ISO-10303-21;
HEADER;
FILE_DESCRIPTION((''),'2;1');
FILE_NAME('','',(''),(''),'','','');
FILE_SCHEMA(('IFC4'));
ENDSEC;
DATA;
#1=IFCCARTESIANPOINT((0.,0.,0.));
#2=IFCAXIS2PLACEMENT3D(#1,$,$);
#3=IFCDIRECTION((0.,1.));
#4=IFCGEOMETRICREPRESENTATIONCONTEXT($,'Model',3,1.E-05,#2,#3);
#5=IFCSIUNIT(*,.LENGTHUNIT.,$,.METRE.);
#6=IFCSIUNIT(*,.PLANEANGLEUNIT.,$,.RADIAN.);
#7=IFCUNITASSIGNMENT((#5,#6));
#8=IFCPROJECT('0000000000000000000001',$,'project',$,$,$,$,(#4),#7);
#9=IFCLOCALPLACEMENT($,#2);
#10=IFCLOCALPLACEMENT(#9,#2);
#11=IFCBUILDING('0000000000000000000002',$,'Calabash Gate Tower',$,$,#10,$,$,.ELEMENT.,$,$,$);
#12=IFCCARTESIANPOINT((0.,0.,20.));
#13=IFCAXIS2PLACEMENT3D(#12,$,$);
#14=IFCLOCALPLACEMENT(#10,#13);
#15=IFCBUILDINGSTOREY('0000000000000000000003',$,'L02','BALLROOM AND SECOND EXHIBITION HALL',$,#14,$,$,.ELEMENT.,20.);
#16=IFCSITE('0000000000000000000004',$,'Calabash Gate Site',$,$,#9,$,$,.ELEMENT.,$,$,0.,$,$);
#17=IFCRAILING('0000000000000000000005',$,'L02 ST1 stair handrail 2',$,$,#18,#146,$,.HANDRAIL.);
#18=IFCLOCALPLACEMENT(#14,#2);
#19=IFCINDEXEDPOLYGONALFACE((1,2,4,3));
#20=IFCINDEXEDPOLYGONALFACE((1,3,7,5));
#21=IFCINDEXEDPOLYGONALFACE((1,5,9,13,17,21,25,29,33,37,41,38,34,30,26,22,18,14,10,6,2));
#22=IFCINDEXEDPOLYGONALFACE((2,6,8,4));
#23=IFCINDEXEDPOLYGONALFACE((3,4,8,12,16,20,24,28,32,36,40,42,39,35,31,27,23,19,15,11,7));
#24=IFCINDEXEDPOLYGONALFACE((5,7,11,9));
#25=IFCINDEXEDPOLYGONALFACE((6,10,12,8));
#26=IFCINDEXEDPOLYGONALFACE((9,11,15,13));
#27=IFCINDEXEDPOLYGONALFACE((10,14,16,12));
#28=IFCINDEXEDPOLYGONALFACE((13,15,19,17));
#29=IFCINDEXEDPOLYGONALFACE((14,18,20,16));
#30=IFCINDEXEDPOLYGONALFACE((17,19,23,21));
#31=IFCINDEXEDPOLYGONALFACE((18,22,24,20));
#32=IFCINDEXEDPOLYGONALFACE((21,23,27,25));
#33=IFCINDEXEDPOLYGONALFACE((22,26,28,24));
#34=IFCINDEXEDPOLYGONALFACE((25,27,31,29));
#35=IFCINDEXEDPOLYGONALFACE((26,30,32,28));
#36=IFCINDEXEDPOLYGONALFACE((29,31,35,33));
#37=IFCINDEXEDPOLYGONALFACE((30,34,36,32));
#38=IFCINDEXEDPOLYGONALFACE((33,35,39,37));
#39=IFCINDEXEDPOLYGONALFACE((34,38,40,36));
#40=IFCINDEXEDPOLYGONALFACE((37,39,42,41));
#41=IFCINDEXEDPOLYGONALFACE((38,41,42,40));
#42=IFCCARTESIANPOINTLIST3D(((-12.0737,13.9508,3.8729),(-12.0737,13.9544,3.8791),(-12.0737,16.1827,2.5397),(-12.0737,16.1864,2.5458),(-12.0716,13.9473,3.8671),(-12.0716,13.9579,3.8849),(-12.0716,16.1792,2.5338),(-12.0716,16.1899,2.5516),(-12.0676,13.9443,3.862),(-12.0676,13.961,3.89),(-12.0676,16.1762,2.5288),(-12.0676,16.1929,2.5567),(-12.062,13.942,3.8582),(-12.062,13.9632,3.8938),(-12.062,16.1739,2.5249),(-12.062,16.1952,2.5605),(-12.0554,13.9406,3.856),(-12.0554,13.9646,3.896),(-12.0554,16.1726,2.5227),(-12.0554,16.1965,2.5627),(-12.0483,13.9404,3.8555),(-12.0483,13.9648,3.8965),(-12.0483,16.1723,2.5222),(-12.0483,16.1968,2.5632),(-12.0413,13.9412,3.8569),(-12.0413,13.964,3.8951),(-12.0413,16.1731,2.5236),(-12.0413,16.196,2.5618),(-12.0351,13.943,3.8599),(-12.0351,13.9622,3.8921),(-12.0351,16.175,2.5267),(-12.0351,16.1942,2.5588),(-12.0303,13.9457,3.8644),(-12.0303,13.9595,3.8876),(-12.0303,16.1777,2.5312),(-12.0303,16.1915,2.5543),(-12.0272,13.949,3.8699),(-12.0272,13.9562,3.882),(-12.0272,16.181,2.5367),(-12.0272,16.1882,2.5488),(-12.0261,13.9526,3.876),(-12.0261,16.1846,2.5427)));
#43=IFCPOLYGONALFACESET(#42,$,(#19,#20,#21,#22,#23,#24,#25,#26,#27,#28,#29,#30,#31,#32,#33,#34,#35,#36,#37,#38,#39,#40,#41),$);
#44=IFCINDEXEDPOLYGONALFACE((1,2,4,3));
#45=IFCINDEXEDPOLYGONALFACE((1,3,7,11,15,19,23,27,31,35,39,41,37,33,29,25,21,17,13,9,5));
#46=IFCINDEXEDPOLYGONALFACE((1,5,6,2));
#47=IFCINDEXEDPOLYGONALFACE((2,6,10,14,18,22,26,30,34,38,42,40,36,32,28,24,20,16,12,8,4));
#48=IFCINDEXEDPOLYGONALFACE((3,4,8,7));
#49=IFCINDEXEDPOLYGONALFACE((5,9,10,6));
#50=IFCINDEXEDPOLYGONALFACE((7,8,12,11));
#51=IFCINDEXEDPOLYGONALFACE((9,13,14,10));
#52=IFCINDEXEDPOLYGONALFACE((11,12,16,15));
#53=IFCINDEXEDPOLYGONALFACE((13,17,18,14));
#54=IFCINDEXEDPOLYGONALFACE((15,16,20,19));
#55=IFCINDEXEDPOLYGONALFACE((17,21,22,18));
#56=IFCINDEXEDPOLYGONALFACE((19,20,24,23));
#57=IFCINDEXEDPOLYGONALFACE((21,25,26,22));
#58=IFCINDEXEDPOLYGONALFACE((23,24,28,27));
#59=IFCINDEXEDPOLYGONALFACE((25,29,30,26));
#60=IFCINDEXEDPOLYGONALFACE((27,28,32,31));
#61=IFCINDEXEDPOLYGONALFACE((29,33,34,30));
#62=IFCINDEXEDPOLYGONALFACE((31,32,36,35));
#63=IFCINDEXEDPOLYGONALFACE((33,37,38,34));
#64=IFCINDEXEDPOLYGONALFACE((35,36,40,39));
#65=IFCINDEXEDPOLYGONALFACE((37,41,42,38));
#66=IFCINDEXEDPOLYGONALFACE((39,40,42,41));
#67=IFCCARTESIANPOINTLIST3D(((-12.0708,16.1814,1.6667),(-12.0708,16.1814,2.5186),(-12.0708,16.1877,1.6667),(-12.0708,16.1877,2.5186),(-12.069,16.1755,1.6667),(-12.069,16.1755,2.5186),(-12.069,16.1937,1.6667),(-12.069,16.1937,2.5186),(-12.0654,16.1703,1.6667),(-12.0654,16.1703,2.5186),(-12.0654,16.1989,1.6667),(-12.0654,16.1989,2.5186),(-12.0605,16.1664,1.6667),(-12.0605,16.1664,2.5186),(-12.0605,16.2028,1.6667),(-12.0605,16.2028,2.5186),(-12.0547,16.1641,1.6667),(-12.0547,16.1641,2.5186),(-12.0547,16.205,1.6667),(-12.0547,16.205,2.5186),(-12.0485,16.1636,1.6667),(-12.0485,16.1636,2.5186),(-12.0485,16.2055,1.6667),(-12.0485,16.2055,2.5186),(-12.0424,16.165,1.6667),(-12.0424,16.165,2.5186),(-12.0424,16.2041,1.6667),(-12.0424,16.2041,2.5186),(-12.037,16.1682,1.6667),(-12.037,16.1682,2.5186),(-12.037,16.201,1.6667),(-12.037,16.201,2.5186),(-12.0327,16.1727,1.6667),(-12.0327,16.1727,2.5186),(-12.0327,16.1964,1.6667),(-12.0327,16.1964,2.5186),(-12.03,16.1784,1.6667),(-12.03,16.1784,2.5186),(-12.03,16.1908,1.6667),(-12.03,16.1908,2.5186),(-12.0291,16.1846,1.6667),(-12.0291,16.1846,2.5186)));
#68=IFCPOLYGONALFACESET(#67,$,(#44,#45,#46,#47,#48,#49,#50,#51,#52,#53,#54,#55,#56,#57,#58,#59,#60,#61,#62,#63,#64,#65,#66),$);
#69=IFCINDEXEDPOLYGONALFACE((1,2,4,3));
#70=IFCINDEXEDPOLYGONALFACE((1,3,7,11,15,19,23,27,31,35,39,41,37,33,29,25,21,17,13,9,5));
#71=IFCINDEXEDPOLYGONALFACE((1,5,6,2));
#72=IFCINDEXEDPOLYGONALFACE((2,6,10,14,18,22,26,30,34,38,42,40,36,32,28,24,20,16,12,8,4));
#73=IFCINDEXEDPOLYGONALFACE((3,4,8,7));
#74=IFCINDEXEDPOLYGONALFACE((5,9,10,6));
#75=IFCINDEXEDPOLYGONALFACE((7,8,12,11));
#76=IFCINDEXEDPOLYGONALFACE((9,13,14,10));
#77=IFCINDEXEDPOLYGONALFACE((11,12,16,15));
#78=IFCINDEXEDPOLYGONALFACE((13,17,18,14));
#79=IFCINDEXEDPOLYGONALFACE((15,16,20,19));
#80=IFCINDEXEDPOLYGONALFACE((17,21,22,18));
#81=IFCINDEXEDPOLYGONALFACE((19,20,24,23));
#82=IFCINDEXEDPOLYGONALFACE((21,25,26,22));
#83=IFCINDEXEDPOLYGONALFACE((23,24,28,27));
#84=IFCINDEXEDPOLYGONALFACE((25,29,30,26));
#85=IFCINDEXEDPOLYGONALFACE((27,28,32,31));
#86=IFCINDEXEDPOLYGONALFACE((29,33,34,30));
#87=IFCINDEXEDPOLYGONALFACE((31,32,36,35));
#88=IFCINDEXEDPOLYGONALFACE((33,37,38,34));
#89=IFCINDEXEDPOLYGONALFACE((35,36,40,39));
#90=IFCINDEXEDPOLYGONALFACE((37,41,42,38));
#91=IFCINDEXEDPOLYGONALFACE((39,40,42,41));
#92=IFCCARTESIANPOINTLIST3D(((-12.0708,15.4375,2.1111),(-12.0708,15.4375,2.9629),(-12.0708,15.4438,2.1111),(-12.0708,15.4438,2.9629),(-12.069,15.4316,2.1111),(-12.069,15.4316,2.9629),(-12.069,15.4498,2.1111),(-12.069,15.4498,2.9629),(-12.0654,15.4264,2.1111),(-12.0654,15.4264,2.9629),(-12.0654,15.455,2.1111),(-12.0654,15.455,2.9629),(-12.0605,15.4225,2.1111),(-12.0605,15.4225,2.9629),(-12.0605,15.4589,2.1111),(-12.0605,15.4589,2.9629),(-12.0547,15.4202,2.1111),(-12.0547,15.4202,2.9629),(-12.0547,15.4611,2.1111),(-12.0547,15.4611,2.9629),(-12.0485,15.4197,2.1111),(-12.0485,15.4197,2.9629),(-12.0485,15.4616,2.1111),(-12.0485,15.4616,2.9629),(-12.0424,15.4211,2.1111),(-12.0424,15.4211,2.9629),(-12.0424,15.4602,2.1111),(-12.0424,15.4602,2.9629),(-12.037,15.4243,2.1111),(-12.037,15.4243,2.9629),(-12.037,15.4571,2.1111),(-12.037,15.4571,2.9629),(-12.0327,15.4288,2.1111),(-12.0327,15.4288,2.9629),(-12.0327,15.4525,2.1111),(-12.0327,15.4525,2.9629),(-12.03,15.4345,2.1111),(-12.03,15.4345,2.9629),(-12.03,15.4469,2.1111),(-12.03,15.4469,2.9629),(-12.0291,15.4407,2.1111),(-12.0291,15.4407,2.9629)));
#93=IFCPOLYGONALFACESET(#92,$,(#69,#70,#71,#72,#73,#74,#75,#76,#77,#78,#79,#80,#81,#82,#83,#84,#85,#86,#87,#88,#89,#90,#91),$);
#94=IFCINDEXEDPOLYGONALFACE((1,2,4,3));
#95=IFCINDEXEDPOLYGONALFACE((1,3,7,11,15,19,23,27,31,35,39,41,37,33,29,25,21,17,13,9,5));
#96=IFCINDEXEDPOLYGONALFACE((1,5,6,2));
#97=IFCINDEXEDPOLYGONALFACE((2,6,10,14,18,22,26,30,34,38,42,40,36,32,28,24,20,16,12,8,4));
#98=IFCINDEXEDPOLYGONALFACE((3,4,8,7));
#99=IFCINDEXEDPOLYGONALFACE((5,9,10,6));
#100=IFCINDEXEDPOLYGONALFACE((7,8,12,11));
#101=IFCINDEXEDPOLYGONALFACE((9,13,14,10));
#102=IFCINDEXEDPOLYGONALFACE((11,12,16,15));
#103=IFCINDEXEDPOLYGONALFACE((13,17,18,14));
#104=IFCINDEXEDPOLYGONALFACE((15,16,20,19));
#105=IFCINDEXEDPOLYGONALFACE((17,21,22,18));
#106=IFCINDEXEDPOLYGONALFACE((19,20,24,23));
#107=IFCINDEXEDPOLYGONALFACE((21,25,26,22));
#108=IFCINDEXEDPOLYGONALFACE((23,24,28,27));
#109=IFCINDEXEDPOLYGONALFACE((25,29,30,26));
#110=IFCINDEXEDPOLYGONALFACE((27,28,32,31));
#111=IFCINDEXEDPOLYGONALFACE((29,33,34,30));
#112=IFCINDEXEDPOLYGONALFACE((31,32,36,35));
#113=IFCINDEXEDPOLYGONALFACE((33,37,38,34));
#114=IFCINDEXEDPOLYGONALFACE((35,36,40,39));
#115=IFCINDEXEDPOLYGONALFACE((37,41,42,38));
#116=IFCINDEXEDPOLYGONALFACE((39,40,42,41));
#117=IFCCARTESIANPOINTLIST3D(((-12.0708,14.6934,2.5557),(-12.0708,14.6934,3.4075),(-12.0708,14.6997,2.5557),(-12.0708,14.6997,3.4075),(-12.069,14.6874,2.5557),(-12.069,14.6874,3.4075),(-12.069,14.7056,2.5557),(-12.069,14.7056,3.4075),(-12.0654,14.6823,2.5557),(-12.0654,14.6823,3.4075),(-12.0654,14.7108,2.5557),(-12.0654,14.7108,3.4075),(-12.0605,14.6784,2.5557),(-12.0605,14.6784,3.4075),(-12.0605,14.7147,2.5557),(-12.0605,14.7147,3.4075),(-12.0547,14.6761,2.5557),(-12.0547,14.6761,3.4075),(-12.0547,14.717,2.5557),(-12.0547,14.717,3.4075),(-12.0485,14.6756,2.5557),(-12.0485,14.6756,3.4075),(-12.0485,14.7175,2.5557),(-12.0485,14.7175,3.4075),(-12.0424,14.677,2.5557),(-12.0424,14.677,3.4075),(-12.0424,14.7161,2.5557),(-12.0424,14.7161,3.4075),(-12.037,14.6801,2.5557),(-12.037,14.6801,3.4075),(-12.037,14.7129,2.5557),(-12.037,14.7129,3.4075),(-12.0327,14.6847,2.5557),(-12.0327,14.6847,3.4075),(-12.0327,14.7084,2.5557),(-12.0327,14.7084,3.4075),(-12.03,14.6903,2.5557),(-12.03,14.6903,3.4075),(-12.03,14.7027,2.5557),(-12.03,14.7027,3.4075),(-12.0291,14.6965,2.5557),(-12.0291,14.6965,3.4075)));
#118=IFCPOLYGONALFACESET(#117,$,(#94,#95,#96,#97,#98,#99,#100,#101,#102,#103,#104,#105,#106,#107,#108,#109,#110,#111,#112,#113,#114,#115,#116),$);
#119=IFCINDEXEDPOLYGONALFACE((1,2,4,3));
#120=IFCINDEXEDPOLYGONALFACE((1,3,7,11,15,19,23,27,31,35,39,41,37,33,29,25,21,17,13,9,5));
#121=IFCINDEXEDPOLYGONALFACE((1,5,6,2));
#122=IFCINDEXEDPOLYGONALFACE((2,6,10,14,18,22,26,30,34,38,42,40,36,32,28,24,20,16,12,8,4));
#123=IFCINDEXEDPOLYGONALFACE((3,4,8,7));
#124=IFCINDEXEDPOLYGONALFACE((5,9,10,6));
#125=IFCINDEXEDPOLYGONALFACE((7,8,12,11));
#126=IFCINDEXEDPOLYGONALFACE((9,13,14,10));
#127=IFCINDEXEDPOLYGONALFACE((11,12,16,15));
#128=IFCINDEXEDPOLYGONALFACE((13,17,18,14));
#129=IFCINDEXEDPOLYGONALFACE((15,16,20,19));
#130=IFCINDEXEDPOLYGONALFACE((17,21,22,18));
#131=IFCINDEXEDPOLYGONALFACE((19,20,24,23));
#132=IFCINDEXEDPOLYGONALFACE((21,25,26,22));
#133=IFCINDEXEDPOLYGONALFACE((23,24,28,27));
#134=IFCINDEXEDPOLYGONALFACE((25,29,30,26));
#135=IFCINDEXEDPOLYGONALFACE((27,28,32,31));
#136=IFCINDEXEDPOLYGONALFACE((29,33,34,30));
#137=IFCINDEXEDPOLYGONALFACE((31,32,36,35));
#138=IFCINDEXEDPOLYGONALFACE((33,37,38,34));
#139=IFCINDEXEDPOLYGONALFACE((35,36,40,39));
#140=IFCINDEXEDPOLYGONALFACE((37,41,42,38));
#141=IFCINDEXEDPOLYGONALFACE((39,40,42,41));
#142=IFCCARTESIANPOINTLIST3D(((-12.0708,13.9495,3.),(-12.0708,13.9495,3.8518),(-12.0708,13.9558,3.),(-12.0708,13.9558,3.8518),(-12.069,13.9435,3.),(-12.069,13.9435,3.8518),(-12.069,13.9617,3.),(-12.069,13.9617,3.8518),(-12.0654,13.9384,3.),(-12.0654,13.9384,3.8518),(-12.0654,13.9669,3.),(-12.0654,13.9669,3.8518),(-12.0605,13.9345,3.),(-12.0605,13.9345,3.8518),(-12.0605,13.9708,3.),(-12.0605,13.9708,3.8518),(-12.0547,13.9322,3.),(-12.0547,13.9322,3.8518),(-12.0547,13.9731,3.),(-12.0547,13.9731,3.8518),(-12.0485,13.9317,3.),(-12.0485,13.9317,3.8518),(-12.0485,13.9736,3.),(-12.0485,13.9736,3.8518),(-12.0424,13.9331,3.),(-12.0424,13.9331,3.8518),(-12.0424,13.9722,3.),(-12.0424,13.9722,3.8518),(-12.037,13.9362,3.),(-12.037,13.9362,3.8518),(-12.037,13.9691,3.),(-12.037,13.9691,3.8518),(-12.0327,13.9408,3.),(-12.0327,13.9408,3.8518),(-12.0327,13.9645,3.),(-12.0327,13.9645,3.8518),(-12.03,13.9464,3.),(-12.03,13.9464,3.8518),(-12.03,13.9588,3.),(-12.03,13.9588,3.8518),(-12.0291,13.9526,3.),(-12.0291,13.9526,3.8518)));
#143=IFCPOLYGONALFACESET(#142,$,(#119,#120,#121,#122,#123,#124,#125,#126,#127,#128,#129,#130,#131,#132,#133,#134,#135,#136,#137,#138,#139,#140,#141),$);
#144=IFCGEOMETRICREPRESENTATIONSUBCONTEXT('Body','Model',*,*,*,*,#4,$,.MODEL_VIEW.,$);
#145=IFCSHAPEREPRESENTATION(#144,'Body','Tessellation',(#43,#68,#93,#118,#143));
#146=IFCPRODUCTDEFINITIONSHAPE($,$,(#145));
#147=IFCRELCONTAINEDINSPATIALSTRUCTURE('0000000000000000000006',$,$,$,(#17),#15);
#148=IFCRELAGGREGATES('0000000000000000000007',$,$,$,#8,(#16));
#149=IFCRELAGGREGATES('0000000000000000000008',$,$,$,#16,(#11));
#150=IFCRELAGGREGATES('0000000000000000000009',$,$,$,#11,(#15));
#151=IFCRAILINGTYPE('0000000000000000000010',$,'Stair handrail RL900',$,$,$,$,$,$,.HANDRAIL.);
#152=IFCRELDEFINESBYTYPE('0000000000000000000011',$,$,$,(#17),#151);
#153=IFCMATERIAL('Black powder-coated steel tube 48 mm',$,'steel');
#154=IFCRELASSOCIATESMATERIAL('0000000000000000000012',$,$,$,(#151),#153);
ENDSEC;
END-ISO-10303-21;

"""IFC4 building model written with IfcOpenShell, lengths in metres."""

from ifc_helpers import new_model, si_unit, direction, frame, origin, origin_2d, place, context, subcontext, project, spatial, circle, extrude, material, type_object, element, save


model = new_model("IFC4")

# Units and contexts
model_context = context("Model", 3, precision=1e-05, world=origin(), true_north=direction((0.0, 1.0)))
body_context = subcontext(model_context, "Body", "Model", "MODEL_VIEW")
ifc_project = project(units=[si_unit("LENGTHUNIT", "METRE"), si_unit("PLANEANGLEUNIT", "RADIAN")], contexts=[model_context])

# Site, building, storey
site_placement = place(None, origin())
site = spatial("IfcSite", under=ifc_project, at=site_placement, Name="Calabash Gate Site", CompositionType="ELEMENT", RefElevation=0.0)
building_placement = place(site_placement, origin())
building = spatial("IfcBuilding", under=site, at=building_placement, Name="Calabash Gate Tower", CompositionType="ELEMENT")
storey_placement = place(building_placement, frame((0.0, 0.0, 20.0)))
storey = spatial("IfcBuildingStorey", under=building, at=storey_placement, Name="L02", Description="BALLROOM AND SECOND EXHIBITION HALL", CompositionType="ELEMENT", Elevation=20.0)

# Railing
ifc_material_1 = material(Name="Black powder-coated steel tube 48 mm", Category="steel")
railing_type_1 = type_object("IfcRailingType", Name="Stair handrail RL900", PredefinedType="HANDRAIL", material=ifc_material_1)
railing_1_placement = place(storey_placement, frame((-12.05, 16.1846, 1.6667)))
element("IfcRailing", 1, at=railing_1_placement, inside=storey, type_object=railing_type_1, Name="L02 ST1 stair handrail 2", PredefinedType="HANDRAIL", context=body_context, shape_type="SweptSolid", body=[
    extrude(circle(Radius=0.0239, at=origin_2d()), frame((0.0, 0.0, 0.876), z_axis=(0.0, -0.858494, 0.512824), x_axis=(1.0, 0.0, 0.0)), (0.0, 0.0, 1.0), 2.5999),
    extrude(circle(Radius=0.021, at=origin_2d()), origin(), (0.0, 0.0, 1.0), 0.8518),
    extrude(circle(Radius=0.021, at=origin_2d()), frame((0.0, -0.7439, 0.4443)), (0.0, 0.0, 1.0), 0.8518),
    extrude(circle(Radius=0.021, at=origin_2d()), frame((0.0, -1.488, 0.8889)), (0.0, 0.0, 1.0), 0.8518),
    extrude(circle(Radius=0.021, at=origin_2d()), frame((0.0, -2.2319, 1.3333)), (0.0, 0.0, 1.0), 0.8518),
])

save(model, "model.ifc")
